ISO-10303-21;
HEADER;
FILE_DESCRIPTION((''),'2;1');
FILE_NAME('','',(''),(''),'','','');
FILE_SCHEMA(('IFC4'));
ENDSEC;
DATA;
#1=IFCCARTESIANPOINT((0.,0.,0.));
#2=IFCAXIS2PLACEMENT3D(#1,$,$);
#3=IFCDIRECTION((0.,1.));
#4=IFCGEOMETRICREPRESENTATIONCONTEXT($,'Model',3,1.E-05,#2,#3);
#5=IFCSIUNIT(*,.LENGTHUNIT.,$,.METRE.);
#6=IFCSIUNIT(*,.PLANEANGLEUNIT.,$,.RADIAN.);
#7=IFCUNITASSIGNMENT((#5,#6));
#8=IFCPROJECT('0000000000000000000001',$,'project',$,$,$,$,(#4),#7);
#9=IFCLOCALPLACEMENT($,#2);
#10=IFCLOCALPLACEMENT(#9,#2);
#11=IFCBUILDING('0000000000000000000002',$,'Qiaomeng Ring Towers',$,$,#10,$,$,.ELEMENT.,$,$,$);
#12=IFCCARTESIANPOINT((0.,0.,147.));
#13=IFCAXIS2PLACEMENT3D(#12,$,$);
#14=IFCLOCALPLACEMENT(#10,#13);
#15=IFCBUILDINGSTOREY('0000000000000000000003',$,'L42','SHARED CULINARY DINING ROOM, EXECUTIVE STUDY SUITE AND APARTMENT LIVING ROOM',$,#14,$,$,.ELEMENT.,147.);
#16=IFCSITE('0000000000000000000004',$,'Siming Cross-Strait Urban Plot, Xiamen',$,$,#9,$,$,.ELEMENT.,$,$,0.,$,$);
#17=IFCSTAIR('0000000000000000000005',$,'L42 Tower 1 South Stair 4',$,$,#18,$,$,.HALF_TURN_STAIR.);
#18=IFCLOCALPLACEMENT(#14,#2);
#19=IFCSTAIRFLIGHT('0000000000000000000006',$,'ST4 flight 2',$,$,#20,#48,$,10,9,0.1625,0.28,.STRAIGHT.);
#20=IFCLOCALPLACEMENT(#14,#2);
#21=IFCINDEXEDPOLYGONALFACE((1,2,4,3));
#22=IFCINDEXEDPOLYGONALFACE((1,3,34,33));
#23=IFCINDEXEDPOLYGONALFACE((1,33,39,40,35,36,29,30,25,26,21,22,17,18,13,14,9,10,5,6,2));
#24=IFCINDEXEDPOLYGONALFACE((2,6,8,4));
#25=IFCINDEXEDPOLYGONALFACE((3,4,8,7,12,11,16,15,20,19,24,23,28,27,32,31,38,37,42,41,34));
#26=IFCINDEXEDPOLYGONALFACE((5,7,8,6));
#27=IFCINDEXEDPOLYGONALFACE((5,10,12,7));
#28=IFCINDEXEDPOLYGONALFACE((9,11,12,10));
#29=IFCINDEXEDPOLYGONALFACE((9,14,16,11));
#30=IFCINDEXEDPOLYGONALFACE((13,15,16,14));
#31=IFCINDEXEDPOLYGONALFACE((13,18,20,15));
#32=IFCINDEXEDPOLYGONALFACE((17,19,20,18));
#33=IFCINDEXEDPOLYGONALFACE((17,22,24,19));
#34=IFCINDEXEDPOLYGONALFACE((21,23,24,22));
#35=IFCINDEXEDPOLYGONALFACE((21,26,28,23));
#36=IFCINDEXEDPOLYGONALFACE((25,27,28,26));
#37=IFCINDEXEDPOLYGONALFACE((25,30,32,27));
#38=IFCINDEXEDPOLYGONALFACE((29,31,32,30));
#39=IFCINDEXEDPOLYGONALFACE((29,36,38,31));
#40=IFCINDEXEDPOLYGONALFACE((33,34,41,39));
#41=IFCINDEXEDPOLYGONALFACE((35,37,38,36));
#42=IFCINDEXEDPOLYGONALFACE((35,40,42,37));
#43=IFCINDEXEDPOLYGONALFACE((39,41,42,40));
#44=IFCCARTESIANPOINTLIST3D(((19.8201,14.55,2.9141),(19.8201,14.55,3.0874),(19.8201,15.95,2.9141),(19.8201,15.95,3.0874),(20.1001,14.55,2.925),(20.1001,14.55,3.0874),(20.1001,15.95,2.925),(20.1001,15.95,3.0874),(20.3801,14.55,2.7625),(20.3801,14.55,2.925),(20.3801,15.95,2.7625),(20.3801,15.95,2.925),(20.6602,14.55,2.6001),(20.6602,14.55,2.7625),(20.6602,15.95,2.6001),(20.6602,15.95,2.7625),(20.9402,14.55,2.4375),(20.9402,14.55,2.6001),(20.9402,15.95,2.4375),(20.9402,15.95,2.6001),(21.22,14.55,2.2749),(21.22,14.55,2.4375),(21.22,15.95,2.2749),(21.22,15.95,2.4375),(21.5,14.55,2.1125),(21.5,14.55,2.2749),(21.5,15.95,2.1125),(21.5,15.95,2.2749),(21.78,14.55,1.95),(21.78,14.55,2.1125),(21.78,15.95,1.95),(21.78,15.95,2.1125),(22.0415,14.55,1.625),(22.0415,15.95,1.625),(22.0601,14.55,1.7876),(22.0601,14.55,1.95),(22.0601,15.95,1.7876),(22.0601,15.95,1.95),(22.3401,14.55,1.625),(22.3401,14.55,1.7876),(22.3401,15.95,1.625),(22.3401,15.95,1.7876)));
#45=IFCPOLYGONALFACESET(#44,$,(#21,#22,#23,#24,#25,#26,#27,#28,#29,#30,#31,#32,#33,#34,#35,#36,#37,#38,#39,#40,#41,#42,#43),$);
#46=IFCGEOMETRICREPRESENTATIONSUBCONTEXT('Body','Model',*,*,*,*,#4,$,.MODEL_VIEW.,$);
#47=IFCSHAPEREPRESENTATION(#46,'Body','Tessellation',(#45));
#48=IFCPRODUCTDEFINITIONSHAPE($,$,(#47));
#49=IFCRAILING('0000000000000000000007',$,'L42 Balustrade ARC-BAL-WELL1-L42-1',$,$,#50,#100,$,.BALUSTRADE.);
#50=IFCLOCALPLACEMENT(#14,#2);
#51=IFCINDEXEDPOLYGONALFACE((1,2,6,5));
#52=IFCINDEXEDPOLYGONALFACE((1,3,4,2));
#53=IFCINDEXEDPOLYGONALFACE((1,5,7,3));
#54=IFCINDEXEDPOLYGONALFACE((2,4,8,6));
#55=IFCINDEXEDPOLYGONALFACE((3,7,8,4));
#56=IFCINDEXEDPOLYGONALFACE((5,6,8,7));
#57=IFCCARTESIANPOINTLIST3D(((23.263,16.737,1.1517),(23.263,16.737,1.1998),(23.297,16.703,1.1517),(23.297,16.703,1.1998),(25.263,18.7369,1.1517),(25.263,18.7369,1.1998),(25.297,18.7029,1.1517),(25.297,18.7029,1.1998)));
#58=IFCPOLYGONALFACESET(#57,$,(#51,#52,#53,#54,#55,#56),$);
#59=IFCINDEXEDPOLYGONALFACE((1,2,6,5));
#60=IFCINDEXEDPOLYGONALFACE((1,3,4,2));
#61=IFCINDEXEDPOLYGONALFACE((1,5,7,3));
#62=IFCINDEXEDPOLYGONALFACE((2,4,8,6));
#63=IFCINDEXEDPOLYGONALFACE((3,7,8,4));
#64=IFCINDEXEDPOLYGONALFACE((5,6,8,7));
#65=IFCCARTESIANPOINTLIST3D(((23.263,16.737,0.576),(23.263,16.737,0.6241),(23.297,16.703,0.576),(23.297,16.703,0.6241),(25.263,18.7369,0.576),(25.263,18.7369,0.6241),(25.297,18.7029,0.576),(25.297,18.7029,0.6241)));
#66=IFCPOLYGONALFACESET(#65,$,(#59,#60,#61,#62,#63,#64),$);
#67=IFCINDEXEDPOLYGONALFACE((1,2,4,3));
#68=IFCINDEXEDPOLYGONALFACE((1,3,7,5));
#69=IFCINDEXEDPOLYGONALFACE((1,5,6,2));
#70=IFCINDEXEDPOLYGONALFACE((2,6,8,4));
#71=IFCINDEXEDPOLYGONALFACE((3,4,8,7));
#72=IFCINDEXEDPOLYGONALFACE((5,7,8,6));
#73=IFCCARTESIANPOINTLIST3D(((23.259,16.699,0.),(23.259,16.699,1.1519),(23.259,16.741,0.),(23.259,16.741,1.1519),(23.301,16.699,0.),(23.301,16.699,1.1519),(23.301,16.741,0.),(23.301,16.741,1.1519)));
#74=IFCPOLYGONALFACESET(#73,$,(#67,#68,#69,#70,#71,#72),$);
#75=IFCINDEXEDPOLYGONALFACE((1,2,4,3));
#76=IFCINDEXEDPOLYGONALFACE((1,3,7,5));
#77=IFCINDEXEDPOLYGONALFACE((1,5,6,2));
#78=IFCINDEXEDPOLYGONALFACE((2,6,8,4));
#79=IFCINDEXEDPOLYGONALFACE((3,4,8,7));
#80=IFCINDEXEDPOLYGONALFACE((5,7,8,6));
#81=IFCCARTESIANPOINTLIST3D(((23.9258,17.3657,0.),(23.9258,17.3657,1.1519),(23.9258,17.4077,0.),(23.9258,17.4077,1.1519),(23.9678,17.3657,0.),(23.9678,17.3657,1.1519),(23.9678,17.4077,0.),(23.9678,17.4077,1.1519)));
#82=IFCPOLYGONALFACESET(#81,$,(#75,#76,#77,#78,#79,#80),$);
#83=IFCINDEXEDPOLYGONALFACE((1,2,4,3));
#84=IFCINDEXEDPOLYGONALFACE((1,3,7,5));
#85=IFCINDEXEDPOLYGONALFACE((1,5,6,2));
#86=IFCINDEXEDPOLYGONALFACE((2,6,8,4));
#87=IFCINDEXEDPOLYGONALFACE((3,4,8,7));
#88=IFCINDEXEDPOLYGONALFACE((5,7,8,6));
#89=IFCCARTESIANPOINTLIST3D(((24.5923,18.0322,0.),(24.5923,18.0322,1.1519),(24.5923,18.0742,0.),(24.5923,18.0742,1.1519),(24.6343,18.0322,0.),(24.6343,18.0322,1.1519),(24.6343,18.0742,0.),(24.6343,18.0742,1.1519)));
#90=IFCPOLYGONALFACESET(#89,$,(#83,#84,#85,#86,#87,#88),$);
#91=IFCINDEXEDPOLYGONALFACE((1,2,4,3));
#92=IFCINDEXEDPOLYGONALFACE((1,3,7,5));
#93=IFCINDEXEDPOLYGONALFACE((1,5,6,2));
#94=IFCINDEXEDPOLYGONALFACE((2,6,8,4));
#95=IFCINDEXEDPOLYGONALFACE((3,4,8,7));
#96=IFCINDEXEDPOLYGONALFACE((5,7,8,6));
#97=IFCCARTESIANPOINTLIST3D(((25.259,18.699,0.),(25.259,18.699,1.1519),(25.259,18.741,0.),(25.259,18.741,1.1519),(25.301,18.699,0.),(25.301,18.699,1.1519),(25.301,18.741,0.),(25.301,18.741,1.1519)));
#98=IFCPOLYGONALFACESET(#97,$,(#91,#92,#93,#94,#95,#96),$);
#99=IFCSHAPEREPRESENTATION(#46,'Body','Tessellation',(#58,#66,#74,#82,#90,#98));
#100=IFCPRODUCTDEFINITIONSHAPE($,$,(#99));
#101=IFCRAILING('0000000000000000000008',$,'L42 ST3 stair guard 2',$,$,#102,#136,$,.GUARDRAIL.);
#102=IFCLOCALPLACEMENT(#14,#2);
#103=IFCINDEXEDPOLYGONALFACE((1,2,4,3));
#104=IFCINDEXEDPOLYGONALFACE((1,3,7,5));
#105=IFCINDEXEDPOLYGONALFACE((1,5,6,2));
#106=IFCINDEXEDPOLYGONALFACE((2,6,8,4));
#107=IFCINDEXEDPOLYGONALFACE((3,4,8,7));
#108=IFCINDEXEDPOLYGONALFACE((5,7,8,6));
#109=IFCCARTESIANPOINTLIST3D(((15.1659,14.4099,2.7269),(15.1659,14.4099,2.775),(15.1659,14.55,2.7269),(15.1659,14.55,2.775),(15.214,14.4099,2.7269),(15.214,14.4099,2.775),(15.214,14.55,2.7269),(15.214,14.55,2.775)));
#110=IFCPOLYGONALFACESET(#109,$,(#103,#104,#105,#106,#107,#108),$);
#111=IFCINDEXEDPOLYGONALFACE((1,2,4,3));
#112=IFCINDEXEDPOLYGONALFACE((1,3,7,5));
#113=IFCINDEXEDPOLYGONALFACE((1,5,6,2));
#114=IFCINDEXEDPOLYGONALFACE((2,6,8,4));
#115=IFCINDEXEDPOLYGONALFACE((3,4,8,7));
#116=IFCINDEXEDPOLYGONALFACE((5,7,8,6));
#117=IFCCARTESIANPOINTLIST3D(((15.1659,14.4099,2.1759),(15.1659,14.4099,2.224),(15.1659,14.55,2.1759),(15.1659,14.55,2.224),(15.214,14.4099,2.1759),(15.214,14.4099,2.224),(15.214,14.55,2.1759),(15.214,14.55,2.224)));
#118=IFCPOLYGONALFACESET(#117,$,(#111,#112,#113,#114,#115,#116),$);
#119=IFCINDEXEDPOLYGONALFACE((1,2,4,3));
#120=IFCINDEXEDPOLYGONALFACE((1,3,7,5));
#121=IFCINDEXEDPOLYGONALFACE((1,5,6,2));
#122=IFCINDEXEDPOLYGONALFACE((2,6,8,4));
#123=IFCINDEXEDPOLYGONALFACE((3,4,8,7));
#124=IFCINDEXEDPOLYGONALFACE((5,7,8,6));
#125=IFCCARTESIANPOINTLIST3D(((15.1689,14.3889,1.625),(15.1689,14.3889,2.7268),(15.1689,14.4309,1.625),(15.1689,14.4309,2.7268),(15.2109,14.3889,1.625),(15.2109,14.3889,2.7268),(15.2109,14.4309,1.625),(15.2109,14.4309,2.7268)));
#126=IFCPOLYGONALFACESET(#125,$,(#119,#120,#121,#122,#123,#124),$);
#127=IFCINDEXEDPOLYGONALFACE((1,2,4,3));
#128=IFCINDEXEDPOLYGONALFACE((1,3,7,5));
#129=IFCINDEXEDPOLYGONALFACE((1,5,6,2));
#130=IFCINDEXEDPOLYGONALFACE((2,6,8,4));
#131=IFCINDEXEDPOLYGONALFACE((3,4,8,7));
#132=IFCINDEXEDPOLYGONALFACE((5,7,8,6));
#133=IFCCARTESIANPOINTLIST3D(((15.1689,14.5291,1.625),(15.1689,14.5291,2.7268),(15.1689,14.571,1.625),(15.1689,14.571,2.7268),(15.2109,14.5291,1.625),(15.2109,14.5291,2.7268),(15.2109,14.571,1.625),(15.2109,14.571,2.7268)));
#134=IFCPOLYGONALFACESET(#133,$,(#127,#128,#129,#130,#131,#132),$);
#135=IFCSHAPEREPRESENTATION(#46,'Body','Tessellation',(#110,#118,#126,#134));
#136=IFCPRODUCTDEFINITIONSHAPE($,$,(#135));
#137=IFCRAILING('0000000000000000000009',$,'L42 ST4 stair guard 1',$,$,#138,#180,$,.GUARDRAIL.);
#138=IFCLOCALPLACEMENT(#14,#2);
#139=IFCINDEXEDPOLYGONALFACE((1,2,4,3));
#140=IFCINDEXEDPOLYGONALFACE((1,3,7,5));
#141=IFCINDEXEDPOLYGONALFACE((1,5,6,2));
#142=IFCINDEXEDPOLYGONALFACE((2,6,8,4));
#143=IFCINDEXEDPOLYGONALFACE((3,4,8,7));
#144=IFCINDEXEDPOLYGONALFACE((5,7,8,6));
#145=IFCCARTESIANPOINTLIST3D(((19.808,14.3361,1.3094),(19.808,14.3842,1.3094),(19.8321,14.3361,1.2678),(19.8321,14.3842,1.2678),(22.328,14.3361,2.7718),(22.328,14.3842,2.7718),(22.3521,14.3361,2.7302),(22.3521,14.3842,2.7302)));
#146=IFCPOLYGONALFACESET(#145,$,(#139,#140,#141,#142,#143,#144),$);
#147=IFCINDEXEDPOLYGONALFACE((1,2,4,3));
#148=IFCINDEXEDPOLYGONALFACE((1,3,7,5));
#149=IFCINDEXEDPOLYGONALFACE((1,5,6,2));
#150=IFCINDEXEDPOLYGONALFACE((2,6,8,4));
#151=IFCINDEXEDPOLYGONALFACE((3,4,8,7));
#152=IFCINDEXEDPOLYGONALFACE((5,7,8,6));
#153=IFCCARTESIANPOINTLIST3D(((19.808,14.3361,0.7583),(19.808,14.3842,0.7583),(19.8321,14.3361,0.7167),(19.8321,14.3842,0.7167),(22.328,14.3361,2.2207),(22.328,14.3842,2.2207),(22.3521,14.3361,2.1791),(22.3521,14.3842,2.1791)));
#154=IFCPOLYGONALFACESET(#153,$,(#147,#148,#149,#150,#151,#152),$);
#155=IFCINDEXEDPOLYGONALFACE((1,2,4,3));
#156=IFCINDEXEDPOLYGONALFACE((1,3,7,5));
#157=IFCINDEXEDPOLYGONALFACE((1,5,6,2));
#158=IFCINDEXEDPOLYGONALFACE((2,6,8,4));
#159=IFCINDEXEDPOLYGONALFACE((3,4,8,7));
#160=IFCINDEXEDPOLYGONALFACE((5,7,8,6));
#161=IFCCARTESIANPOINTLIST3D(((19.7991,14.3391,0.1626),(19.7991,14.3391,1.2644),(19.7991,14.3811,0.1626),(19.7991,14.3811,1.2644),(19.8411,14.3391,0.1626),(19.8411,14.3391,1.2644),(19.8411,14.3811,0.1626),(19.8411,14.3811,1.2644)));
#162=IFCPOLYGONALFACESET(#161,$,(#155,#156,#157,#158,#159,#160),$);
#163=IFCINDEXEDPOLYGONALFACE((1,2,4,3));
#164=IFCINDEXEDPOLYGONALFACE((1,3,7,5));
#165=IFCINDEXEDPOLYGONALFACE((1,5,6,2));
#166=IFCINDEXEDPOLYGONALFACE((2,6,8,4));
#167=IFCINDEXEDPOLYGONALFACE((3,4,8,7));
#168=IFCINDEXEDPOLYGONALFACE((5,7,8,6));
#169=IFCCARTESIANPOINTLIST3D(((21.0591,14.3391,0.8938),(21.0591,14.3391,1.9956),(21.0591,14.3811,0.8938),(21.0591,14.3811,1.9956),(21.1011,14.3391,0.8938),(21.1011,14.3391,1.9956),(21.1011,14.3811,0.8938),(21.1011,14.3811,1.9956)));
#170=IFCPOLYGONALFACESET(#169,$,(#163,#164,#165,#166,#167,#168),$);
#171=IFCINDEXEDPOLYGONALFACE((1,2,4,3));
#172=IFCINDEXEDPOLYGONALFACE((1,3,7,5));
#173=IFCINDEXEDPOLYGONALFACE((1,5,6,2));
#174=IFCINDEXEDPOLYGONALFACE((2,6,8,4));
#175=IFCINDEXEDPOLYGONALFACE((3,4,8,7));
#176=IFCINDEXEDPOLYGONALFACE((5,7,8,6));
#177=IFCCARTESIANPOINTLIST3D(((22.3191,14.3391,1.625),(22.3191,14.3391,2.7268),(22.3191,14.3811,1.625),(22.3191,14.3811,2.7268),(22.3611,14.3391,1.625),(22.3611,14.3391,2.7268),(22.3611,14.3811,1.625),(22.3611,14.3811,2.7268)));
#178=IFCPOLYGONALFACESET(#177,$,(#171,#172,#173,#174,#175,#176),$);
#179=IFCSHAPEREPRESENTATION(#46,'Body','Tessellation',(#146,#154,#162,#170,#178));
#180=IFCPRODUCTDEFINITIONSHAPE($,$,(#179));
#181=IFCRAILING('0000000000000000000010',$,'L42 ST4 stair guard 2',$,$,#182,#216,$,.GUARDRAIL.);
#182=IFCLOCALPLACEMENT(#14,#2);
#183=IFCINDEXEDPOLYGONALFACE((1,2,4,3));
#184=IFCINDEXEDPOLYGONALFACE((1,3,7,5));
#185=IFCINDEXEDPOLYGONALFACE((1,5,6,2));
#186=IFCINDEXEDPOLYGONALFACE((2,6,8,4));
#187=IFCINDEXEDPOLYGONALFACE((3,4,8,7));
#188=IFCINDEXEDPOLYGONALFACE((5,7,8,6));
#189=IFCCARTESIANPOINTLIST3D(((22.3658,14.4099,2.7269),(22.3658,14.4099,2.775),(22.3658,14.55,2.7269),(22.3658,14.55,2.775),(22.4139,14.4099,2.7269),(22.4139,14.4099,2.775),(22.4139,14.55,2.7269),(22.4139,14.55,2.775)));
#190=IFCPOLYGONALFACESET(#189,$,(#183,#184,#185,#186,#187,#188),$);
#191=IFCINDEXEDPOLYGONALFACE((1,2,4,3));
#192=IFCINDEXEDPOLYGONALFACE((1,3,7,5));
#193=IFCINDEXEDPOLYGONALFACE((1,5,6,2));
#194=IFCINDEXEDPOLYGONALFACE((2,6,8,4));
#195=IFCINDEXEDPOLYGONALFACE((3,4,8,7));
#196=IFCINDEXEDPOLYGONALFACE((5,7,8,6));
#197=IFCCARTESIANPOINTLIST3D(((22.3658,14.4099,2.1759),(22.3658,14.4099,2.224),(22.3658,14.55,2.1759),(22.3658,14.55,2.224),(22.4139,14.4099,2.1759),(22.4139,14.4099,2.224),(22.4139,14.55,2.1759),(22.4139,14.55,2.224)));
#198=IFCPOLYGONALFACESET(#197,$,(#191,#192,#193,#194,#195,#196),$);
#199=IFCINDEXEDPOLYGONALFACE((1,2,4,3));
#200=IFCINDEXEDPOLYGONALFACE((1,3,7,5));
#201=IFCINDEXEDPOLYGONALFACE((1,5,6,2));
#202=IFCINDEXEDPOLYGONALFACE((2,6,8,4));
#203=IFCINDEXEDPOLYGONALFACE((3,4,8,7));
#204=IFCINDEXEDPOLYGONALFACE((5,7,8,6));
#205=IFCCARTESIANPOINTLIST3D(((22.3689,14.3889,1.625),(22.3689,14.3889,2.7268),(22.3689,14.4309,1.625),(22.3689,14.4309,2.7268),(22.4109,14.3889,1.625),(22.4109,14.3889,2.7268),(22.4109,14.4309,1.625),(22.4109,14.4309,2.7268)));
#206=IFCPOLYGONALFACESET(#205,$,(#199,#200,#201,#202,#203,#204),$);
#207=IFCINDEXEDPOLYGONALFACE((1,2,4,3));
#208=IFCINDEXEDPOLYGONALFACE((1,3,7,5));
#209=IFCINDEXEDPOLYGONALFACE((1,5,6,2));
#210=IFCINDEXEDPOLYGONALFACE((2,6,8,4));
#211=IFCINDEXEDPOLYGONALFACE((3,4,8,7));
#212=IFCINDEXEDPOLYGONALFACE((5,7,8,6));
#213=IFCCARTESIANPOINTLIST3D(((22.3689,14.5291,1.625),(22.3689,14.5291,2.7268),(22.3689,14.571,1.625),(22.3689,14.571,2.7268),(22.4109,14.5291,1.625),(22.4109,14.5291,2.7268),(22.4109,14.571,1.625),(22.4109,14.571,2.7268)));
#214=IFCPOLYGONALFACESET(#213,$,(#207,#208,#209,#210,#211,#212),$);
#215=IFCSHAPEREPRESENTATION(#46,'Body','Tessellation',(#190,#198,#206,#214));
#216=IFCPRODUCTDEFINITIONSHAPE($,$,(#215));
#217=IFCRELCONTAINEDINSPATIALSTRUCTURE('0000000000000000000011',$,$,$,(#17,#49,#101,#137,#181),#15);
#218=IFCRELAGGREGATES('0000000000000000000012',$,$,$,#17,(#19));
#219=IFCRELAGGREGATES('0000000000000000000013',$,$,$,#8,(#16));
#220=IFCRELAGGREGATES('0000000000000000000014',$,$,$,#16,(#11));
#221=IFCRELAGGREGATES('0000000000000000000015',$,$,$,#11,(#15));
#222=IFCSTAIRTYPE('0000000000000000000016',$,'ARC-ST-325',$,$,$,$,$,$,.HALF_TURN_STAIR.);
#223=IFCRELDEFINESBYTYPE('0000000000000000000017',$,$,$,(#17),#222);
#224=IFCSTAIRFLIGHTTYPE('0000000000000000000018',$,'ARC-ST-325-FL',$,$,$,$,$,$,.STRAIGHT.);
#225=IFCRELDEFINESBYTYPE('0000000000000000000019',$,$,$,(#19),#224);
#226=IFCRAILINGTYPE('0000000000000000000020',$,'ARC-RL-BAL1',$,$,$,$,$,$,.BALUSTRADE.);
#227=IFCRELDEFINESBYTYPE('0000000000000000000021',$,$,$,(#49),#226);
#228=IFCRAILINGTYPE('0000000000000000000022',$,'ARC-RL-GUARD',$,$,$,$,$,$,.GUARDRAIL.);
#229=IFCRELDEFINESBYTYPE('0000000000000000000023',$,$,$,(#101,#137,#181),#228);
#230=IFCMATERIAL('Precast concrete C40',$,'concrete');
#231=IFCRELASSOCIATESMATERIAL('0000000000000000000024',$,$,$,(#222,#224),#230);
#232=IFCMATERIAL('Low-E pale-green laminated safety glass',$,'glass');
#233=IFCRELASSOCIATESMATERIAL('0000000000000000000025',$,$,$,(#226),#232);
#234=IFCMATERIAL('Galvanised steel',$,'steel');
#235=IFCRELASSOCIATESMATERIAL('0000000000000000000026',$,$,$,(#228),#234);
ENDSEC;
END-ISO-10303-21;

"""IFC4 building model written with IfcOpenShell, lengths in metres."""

from ifc_helpers import new_model, si_unit, direction, frame, origin, origin_2d, place, context, subcontext, project, spatial, polyline, rectangle, outline, extrude, source, transform, mapped, material, type_object, element, aggregate, save


model = new_model("IFC4")

# Units and contexts
model_context = context("Model", 3, precision=1e-05, world=origin(), true_north=direction((0.0, 1.0)))
body_context = subcontext(model_context, "Body", "Model", "MODEL_VIEW")
ifc_project = project(units=[si_unit("LENGTHUNIT", "METRE"), si_unit("PLANEANGLEUNIT", "RADIAN")], contexts=[model_context])

# Site, building, storey
site_placement = place(None, origin())
site = spatial("IfcSite", under=ifc_project, at=site_placement, Name="Siming Cross-Strait Urban Plot, Xiamen", CompositionType="ELEMENT", RefElevation=0.0)
building_placement = place(site_placement, origin())
building = spatial("IfcBuilding", under=site, at=building_placement, Name="Qiaomeng Ring Towers", CompositionType="ELEMENT")
storey_placement = place(building_placement, frame((0.0, 0.0, 147.0)))
storey = spatial("IfcBuildingStorey", under=building, at=storey_placement, Name="L42", Description="SHARED CULINARY DINING ROOM, EXECUTIVE STUDY SUITE AND APARTMENT LIVING ROOM", CompositionType="ELEMENT", Elevation=147.0)

# Shared definitions
ifc_material_1 = material(Name="Galvanised steel", Category="steel")

# Stair, stair flight
ifc_material_2 = material(Name="Precast concrete C40", Category="concrete")
stair_type = type_object("IfcStairType", Name="ARC-ST-325", PredefinedType="HALF_TURN_STAIR", material=ifc_material_2)
stair_placement = place(storey_placement, origin())
stair = element("IfcStair", 1, at=stair_placement, inside=storey, type_object=stair_type, Name="L42 Tower 1 South Stair 4", PredefinedType="HALF_TURN_STAIR")
stair_flight_type = type_object("IfcStairFlightType", Name="ARC-ST-325-FL", PredefinedType="STRAIGHT", material=ifc_material_2)
shared_shape_1 = source(origin(), body_context, "Body", "SweptSolid", [
    extrude(outline(polyline([(0.0, 0.0), (0.0, 0.1626), (0.28, 0.1626), (0.28, 0.325), (0.5601, 0.325), (0.5601, 0.4875), (0.8401, 0.4875), (0.8401, 0.6499), (1.1201, 0.6499), (1.1201, 0.8125), (1.3999, 0.8125), (1.3999, 0.9751), (1.6799, 0.9751), (1.6799, 1.1375), (1.96, 1.1375), (1.96, 1.3), (2.24, 1.3), (2.24, 1.4624), (2.52, 1.4624), (2.52, 1.625), (2.52, 1.2891), (0.2986, 0.0), (0.0, 0.0)])), frame((0.0, 0.7, 0.0), z_axis=(0.0, -1.0, 0.0), x_axis=(1.0, 0.0, 0.0)), (0.0, 0.0, 1.0), 1.3999),
])
stair_flight_1_placement = place(storey_placement, frame((22.3401, 15.25, 1.625), z_axis=(0.0, 0.0, 1.0), x_axis=(-1.0, 0.0, 0.0)))
stair_flight_1 = element("IfcStairFlight", 2, at=stair_flight_1_placement, type_object=stair_flight_type, Name="ST4 flight 2", NumberOfRisers=10, NumberOfTreads=9, PredefinedType="STRAIGHT", RiserHeight=0.1625, TreadLength=0.28, context=body_context, shape_type="MappedRepresentation", body=[
    mapped(shared_shape_1, transform((0.0, 0.0, 0.0), x_axis=(1.0, 0.0, 0.0), y_axis=(0.0, 1.0, 0.0), z_axis=(0.0, 0.0, 1.0), scale=1.0)),
])
aggregate(stair, [stair_flight_1])

# Railings
ifc_material_3 = material(Name="Low-E pale-green laminated safety glass", Category="glass")
railing_type_1 = type_object("IfcRailingType", Name="ARC-RL-BAL1", PredefinedType="BALUSTRADE", material=ifc_material_3)
railing_1_placement = place(storey_placement, frame((23.28, 16.72, 0.0)))
element("IfcRailing", 3, at=railing_1_placement, inside=storey, type_object=railing_type_1, Name="L42 Balustrade ARC-BAL-WELL1-L42-1", PredefinedType="BALUSTRADE", context=body_context, shape_type="SweptSolid", body=[
    extrude(rectangle(XDim=0.0481, YDim=0.0481, at=origin_2d()), frame((0.0, 0.0, 1.1758), z_axis=(0.707107, 0.707107, 0.0), x_axis=(-0.707107, 0.707107, 0.0)), (0.0, 0.0, 1.0), 2.8284),
    extrude(rectangle(XDim=0.0481, YDim=0.0481, at=origin_2d()), frame((0.0, 0.0, 0.6001), z_axis=(0.707107, 0.707107, 0.0), x_axis=(-0.707107, 0.707107, 0.0)), (0.0, 0.0, 1.0), 2.8284),
    extrude(rectangle(XDim=0.042, YDim=0.042, at=origin_2d()), origin(), (0.0, 0.0, 1.0), 1.1519),
    extrude(rectangle(XDim=0.042, YDim=0.042, at=origin_2d()), frame((0.6667, 0.6667, 0.0)), (0.0, 0.0, 1.0), 1.1519),
    extrude(rectangle(XDim=0.042, YDim=0.042, at=origin_2d()), frame((1.3333, 1.3333, 0.0)), (0.0, 0.0, 1.0), 1.1519),
    extrude(rectangle(XDim=0.042, YDim=0.042, at=origin_2d()), frame((2.0, 2.0, 0.0)), (0.0, 0.0, 1.0), 1.1519),
])
railing_type_2 = type_object("IfcRailingType", Name="ARC-RL-GUARD", PredefinedType="GUARDRAIL", material=ifc_material_1)
railing_2_placement = place(storey_placement, frame((15.1899, 14.4099, 1.625)))
element("IfcRailing", 4, at=railing_2_placement, inside=storey, type_object=railing_type_2, Name="L42 ST3 stair guard 2", PredefinedType="GUARDRAIL", context=body_context, shape_type="SweptSolid", body=[
    extrude(rectangle(XDim=0.0481, YDim=0.0481, at=origin_2d()), frame((0.0, 0.0, 1.126), z_axis=(0.0, 1.0, 0.0), x_axis=(-1.0, 0.0, 0.0)), (0.0, 0.0, 1.0), 0.1401),
    extrude(rectangle(XDim=0.0481, YDim=0.0481, at=origin_2d()), frame((0.0, 0.0, 0.575), z_axis=(0.0, 1.0, 0.0), x_axis=(-1.0, 0.0, 0.0)), (0.0, 0.0, 1.0), 0.1401),
    extrude(rectangle(XDim=0.042, YDim=0.042, at=origin_2d()), origin(), (0.0, 0.0, 1.0), 1.1018),
    extrude(rectangle(XDim=0.042, YDim=0.042, at=origin_2d()), frame((0.0, 0.1401, 0.0)), (0.0, 0.0, 1.0), 1.1018),
])
railing_3_placement = place(storey_placement, frame((19.8201, 14.3601, 0.1626)))
element("IfcRailing", 5, at=railing_3_placement, inside=storey, type_object=railing_type_2, Name="L42 ST4 stair guard 1", PredefinedType="GUARDRAIL", context=body_context, shape_type="SweptSolid", body=[
    extrude(rectangle(XDim=0.0481, YDim=0.0481, at=origin_2d()), frame((0.0, 0.0, 1.126), z_axis=(0.864913, 0.0, 0.501921), x_axis=(0.0, 1.0, 0.0)), (0.0, 0.0, 1.0), 2.9136),
    extrude(rectangle(XDim=0.0481, YDim=0.0481, at=origin_2d()), frame((0.0, 0.0, 0.575), z_axis=(0.864913, 0.0, 0.501921), x_axis=(0.0, 1.0, 0.0)), (0.0, 0.0, 1.0), 2.9136),
    extrude(rectangle(XDim=0.042, YDim=0.042, at=origin_2d()), origin(), (0.0, 0.0, 1.0), 1.1018),
    extrude(rectangle(XDim=0.042, YDim=0.042, at=origin_2d()), frame((1.26, 0.0, 0.7312)), (0.0, 0.0, 1.0), 1.1018),
    extrude(rectangle(XDim=0.042, YDim=0.042, at=origin_2d()), frame((2.52, 0.0, 1.4624)), (0.0, 0.0, 1.0), 1.1018),
])
railing_4_placement = place(storey_placement, frame((22.3899, 14.4099, 1.625)))
element("IfcRailing", 6, at=railing_4_placement, inside=storey, type_object=railing_type_2, Name="L42 ST4 stair guard 2", PredefinedType="GUARDRAIL", context=body_context, shape_type="SweptSolid", body=[
    extrude(rectangle(XDim=0.0481, YDim=0.0481, at=origin_2d()), frame((0.0, 0.0, 1.126), z_axis=(0.0, 1.0, 0.0), x_axis=(-1.0, 0.0, 0.0)), (0.0, 0.0, 1.0), 0.1401),
    extrude(rectangle(XDim=0.0481, YDim=0.0481, at=origin_2d()), frame((0.0, 0.0, 0.575), z_axis=(0.0, 1.0, 0.0), x_axis=(-1.0, 0.0, 0.0)), (0.0, 0.0, 1.0), 0.1401),
    extrude(rectangle(XDim=0.042, YDim=0.042, at=origin_2d()), origin(), (0.0, 0.0, 1.0), 1.1018),
    extrude(rectangle(XDim=0.042, YDim=0.042, at=origin_2d()), frame((0.0, 0.1401, 0.0)), (0.0, 0.0, 1.0), 1.1018),
])

save(model, "model.ifc")
